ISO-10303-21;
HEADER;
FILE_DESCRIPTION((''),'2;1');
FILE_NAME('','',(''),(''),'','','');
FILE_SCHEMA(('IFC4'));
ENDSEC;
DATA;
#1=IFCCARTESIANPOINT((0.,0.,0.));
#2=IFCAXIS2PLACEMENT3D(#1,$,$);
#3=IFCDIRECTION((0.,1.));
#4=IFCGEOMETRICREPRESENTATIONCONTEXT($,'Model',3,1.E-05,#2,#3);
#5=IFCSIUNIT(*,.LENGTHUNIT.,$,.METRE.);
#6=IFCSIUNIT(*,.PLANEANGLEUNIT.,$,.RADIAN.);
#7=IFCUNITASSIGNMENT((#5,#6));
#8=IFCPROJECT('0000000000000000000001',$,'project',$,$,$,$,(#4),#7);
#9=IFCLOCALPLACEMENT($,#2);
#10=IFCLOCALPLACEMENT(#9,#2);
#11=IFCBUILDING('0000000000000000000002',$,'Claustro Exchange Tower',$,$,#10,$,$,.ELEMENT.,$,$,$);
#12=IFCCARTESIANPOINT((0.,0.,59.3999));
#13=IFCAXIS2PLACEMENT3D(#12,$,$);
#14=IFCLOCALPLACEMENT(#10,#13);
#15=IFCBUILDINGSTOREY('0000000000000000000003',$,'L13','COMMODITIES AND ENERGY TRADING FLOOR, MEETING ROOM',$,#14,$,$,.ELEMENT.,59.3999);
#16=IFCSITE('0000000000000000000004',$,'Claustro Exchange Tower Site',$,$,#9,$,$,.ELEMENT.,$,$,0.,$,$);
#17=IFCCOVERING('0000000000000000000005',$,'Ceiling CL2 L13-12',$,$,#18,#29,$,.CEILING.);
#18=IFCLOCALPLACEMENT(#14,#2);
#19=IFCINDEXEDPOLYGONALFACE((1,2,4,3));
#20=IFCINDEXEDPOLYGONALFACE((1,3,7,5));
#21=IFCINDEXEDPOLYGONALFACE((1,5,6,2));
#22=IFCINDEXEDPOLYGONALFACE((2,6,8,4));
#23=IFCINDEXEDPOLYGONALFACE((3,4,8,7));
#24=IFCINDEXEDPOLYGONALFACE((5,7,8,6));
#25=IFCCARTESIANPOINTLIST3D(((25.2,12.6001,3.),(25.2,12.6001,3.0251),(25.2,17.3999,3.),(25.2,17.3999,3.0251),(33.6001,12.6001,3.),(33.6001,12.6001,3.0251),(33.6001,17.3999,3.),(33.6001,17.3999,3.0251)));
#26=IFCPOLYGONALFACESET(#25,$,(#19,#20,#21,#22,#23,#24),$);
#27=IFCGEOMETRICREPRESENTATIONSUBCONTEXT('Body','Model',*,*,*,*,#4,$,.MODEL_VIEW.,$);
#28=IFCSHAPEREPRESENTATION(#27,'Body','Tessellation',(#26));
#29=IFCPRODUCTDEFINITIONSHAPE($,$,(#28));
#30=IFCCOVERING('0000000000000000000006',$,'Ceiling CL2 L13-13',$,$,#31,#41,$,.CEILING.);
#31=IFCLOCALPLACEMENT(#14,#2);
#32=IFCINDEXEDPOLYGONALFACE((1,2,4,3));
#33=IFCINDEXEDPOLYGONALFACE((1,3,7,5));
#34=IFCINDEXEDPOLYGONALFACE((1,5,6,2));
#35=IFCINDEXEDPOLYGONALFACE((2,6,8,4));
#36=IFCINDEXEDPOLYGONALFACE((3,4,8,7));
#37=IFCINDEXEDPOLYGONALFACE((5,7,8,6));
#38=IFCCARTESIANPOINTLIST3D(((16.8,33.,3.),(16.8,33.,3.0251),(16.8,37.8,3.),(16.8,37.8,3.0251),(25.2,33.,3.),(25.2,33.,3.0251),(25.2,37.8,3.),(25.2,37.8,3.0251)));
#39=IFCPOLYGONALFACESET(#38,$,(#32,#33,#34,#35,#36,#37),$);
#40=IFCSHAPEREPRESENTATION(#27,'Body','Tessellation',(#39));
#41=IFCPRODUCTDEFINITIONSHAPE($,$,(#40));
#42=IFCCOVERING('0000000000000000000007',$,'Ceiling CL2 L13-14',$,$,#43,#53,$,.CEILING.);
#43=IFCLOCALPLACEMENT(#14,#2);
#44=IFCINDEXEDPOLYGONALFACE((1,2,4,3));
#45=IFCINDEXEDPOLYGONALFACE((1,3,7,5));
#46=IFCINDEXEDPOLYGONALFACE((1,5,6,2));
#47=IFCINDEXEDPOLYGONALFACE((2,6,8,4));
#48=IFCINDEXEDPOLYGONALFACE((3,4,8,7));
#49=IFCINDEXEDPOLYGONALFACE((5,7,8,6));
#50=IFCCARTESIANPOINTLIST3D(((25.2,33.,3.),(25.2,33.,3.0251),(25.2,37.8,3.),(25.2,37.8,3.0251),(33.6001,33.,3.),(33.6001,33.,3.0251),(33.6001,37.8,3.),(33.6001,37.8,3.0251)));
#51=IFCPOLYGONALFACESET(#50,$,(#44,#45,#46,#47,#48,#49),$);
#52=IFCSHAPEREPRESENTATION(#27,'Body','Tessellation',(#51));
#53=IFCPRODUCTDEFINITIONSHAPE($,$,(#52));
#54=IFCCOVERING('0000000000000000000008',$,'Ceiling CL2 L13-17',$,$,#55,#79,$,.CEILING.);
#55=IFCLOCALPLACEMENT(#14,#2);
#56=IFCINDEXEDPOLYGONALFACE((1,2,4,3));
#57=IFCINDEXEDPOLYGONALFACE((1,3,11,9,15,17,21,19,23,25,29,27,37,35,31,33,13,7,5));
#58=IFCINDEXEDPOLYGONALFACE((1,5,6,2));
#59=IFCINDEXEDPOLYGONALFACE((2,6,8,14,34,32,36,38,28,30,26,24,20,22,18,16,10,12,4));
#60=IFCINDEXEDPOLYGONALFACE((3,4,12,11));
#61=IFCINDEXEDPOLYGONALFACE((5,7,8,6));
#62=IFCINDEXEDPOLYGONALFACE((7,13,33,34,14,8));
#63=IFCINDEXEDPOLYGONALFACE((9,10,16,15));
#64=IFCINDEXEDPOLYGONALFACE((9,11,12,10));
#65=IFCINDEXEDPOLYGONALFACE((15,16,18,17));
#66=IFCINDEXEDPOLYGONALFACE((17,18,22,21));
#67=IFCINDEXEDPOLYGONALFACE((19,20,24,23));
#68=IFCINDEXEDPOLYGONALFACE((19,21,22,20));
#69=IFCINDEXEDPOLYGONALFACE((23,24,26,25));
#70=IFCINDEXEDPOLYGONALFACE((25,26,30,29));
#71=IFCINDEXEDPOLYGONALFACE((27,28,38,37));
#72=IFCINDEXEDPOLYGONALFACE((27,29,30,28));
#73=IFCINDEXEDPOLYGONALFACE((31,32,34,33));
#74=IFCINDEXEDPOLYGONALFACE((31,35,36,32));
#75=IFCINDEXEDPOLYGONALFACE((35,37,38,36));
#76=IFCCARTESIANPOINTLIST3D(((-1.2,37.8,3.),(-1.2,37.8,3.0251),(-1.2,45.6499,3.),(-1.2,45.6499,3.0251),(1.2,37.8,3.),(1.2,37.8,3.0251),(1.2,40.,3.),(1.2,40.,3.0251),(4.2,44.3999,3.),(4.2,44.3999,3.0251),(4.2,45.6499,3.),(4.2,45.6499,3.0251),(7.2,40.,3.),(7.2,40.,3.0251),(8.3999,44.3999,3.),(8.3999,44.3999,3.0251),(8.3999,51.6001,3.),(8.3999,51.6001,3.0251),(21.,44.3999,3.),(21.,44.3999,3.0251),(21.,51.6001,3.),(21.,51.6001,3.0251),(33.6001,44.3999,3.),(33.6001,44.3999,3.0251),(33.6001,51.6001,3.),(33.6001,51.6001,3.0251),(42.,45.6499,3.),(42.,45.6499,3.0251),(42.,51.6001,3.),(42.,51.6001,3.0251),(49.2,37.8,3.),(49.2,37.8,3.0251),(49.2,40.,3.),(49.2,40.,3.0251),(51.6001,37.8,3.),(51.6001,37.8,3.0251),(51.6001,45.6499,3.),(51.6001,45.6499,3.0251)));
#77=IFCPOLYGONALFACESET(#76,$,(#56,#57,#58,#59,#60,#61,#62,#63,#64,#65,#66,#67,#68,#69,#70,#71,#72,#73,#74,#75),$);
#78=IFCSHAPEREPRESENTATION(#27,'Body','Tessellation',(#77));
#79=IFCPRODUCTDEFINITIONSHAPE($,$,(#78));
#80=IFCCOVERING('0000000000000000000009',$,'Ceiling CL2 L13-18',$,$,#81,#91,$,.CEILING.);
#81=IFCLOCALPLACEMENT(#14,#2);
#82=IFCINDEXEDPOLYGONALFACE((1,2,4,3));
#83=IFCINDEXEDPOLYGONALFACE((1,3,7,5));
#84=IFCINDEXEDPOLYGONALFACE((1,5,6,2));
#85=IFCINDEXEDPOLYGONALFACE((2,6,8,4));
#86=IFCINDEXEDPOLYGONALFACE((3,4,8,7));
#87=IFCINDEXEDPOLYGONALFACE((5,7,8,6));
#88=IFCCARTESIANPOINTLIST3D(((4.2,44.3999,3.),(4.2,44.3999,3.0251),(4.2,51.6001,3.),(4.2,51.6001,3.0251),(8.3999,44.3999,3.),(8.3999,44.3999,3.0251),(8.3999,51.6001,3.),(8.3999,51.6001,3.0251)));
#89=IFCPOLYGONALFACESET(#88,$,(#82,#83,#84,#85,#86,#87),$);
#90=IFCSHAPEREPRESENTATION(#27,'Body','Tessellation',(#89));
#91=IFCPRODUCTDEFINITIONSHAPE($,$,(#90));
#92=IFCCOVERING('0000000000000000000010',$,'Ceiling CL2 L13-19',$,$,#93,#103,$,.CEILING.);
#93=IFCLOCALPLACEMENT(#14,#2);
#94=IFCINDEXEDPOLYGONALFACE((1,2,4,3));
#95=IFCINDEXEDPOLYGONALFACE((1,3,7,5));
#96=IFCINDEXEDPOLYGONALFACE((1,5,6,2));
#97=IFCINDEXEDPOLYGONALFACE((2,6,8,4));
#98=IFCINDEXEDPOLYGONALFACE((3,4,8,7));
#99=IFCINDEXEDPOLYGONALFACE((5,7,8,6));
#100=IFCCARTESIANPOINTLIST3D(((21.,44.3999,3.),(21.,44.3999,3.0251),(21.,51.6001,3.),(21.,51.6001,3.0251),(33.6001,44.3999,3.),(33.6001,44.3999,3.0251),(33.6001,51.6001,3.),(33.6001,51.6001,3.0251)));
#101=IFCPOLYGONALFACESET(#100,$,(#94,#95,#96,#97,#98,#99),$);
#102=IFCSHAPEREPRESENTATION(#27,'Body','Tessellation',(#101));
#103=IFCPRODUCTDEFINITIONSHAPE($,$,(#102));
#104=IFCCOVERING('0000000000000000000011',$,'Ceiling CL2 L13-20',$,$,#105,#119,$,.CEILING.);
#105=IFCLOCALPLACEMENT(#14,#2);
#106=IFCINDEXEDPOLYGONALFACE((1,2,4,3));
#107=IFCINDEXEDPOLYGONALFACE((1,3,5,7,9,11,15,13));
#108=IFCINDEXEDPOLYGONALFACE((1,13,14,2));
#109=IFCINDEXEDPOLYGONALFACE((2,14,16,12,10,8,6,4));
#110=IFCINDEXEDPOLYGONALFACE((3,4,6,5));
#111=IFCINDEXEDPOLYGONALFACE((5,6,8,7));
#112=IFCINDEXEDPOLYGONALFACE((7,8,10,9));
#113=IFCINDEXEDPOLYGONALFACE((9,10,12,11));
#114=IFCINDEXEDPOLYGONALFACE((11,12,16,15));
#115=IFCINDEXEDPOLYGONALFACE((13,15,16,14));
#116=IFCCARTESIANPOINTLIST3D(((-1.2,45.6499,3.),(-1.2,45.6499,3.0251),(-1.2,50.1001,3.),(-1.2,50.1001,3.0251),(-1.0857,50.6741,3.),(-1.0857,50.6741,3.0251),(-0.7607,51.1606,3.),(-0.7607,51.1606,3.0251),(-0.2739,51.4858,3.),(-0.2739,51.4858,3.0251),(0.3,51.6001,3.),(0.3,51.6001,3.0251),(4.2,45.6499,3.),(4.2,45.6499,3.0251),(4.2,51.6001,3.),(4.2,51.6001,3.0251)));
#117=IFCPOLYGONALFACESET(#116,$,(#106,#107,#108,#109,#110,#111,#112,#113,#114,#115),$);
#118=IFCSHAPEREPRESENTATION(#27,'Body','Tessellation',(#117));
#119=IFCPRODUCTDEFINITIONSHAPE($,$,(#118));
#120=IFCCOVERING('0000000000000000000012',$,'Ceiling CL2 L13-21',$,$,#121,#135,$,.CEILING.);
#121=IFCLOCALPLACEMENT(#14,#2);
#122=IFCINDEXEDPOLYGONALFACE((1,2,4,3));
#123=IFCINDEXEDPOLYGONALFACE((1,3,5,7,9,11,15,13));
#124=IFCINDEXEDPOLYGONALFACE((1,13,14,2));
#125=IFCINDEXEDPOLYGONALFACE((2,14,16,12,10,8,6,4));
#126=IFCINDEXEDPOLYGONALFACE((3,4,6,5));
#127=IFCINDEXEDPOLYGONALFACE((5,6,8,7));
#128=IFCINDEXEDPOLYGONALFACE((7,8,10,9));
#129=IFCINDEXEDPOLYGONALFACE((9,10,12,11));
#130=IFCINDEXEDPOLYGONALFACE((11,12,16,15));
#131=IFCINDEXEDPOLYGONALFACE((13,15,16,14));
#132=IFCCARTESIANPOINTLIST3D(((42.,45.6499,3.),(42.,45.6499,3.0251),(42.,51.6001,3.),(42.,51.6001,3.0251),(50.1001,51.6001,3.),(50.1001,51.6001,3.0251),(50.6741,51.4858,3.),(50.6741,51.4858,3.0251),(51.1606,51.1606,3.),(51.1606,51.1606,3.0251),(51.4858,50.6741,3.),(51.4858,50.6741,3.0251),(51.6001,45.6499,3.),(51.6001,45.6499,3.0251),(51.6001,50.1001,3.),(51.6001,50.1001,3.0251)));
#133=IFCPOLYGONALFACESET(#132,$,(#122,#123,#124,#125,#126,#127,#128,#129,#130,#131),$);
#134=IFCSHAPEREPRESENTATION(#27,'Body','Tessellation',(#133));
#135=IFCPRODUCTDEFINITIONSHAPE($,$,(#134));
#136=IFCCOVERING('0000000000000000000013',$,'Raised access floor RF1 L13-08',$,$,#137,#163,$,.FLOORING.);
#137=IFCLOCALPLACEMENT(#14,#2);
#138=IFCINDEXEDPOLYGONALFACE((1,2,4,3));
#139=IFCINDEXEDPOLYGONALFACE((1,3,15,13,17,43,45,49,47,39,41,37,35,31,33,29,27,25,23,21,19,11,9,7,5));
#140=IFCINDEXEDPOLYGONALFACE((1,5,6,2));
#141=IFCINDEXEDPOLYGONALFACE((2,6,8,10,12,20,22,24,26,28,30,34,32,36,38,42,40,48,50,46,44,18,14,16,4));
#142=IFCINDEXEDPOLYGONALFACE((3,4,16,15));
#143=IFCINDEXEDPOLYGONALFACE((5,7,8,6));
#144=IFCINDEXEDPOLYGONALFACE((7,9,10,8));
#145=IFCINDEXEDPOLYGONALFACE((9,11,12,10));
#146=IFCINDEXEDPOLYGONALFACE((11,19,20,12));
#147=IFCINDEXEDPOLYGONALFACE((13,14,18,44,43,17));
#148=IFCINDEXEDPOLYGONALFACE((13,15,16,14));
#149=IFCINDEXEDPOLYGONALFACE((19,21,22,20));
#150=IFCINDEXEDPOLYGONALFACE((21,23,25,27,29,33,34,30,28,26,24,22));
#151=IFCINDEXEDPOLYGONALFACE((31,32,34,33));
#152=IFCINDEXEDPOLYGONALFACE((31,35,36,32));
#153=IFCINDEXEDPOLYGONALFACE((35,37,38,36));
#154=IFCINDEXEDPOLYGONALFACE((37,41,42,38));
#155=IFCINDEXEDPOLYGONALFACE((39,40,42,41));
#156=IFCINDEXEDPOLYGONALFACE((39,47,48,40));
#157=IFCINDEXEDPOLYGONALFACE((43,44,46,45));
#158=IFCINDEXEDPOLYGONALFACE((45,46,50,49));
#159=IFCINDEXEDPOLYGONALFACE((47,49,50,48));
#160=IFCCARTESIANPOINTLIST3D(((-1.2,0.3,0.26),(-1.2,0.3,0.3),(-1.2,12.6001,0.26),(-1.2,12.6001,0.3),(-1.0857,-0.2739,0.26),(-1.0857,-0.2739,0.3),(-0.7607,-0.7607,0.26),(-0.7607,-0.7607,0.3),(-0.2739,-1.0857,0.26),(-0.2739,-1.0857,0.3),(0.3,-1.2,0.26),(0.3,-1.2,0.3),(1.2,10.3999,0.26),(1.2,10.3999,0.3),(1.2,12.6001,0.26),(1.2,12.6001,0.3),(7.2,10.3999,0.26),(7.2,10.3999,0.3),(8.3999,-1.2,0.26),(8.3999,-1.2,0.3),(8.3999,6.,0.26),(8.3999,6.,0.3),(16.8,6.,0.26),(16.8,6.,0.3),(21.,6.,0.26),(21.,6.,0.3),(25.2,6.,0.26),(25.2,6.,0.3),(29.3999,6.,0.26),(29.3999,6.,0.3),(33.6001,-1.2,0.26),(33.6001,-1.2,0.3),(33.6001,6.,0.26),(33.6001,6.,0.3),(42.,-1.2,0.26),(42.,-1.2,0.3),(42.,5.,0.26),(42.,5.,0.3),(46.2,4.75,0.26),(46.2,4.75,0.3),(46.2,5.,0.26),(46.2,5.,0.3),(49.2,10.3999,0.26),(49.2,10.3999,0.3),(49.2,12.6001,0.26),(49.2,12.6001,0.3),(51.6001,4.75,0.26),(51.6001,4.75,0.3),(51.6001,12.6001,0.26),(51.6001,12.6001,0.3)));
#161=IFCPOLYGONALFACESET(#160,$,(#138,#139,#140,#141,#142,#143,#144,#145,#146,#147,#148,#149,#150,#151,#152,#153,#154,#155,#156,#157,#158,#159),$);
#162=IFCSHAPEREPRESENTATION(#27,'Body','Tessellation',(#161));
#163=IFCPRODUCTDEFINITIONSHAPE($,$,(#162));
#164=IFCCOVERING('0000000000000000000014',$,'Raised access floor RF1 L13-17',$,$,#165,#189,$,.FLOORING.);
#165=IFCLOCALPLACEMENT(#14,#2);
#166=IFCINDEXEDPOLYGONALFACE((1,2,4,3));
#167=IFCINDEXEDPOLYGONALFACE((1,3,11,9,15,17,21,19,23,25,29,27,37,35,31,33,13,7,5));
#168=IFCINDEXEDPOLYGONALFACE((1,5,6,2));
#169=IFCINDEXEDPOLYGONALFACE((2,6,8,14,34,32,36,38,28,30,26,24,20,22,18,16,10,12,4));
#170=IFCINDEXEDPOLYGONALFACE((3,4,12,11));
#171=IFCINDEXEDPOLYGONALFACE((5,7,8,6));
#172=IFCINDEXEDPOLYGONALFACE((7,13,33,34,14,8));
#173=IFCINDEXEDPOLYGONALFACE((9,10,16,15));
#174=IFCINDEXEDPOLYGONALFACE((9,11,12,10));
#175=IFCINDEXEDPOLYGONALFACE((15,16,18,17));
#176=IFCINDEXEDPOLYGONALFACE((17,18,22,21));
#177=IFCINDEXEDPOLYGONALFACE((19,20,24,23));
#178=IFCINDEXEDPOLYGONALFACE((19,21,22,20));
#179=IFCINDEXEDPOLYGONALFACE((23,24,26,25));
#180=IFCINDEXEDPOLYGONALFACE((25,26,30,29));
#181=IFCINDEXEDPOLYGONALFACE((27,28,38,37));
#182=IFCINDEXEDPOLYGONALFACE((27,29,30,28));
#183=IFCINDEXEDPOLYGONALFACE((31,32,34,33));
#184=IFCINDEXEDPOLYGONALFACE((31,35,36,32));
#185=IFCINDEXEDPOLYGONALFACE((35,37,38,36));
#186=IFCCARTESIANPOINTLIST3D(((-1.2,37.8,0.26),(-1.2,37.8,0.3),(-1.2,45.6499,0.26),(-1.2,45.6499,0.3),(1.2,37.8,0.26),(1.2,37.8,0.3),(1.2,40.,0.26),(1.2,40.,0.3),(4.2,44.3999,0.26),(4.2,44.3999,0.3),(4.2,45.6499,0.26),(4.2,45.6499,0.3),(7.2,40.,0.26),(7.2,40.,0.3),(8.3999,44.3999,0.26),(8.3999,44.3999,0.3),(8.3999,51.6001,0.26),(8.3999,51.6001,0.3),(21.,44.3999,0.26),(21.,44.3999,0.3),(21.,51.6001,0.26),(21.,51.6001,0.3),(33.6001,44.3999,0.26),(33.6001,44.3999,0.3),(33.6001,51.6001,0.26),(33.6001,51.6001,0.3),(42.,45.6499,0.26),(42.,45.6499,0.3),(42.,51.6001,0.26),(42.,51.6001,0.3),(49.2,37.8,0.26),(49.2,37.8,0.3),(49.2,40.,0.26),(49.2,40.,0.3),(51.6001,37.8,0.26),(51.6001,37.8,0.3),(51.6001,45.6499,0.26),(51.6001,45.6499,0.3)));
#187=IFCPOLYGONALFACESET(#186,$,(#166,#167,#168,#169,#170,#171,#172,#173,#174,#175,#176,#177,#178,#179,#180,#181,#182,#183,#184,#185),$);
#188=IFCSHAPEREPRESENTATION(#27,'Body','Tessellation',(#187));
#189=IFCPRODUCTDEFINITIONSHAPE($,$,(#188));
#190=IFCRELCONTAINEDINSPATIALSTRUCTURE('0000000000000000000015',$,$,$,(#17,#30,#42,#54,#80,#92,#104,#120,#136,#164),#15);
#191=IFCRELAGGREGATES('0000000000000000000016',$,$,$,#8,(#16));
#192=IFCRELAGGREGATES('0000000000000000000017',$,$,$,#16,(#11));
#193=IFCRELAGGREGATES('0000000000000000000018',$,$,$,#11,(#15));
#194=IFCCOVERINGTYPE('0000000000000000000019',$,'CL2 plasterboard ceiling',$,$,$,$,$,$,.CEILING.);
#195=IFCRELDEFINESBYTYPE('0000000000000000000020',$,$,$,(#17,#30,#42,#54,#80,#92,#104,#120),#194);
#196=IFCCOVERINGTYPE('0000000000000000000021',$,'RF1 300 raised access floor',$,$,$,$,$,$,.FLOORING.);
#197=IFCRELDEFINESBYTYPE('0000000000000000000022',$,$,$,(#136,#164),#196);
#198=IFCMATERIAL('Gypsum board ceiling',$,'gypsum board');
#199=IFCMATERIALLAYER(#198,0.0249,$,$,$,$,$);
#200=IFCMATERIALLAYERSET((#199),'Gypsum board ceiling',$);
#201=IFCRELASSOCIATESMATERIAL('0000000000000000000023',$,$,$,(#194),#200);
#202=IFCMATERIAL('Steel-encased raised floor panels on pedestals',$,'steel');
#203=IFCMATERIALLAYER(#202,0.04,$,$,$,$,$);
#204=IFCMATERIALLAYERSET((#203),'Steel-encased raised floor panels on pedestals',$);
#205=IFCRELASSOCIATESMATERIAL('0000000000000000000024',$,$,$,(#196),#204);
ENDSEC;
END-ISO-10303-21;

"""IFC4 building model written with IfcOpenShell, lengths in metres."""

from ifc_helpers import new_model, si_unit, direction, frame, origin, place, context, subcontext, project, spatial, polyline, outline, extrude, material, layer, layer_set, type_object, element, save


model = new_model("IFC4")

# Units and contexts
model_context = context("Model", 3, precision=1e-05, world=origin(), true_north=direction((0.0, 1.0)))
body_context = subcontext(model_context, "Body", "Model", "MODEL_VIEW")
ifc_project = project(units=[si_unit("LENGTHUNIT", "METRE"), si_unit("PLANEANGLEUNIT", "RADIAN")], contexts=[model_context])

# Site, building, storey
site_placement = place(None, origin())
site = spatial("IfcSite", under=ifc_project, at=site_placement, Name="Claustro Exchange Tower Site", CompositionType="ELEMENT", RefElevation=0.0)
building_placement = place(site_placement, origin())
building = spatial("IfcBuilding", under=site, at=building_placement, Name="Claustro Exchange Tower", CompositionType="ELEMENT")
storey_placement = place(building_placement, frame((0.0, 0.0, 59.3999)))
storey = spatial("IfcBuildingStorey", under=building, at=storey_placement, Name="L13", Description="COMMODITIES AND ENERGY TRADING FLOOR, MEETING ROOM", CompositionType="ELEMENT", Elevation=59.3999)

# Coverings
ifc_material_1 = material(Name="Gypsum board ceiling", Category="gypsum board")
ifc_layer_1 = layer(ifc_material_1, 0.0249)
ifc_layer_set_1 = layer_set([ifc_layer_1], Name="Gypsum board ceiling")
covering_type_1 = type_object("IfcCoveringType", Name="CL2 plasterboard ceiling", PredefinedType="CEILING", material=ifc_layer_set_1)
covering_1_placement = place(storey_placement, frame((0.0, 0.0, 3.0)))
element("IfcCovering", 1, at=covering_1_placement, inside=storey, type_object=covering_type_1, Name="Ceiling CL2 L13-12", PredefinedType="CEILING", context=body_context, shape_type="SweptSolid", body=[
    extrude(outline(polyline([(33.6001, 17.3999), (25.2, 17.3999), (25.2, 12.6001), (33.6001, 12.6001), (33.6001, 17.3999)])), origin(), (0.0, 0.0, 1.0), 0.0251),
])
covering_2_placement = place(storey_placement, frame((0.0, 0.0, 3.0)))
element("IfcCovering", 2, at=covering_2_placement, inside=storey, type_object=covering_type_1, Name="Ceiling CL2 L13-13", PredefinedType="CEILING", context=body_context, shape_type="SweptSolid", body=[
    extrude(outline(polyline([(16.8, 33.0), (25.2, 33.0), (25.2, 37.8), (16.8, 37.8), (16.8, 33.0)])), origin(), (0.0, 0.0, 1.0), 0.0251),
])
covering_3_placement = place(storey_placement, frame((0.0, 0.0, 3.0)))
element("IfcCovering", 3, at=covering_3_placement, inside=storey, type_object=covering_type_1, Name="Ceiling CL2 L13-14", PredefinedType="CEILING", context=body_context, shape_type="SweptSolid", body=[
    extrude(outline(polyline([(33.6001, 33.0), (33.6001, 37.8), (25.2, 37.8), (25.2, 33.0), (33.6001, 33.0)])), origin(), (0.0, 0.0, 1.0), 0.0251),
])
covering_4_placement = place(storey_placement, frame((0.0, 0.0, 3.0)))
element("IfcCovering", 4, at=covering_4_placement, inside=storey, type_object=covering_type_1, Name="Ceiling CL2 L13-17", PredefinedType="CEILING", context=body_context, shape_type="SweptSolid", body=[
    extrude(outline(polyline([(-1.2, 45.6499), (-1.2, 37.8), (1.2, 37.8), (1.2, 40.0), (7.2, 40.0), (49.2, 40.0), (49.2, 37.8), (51.6001, 37.8), (51.6001, 45.6499), (42.0, 45.6499), (42.0, 51.6001), (33.6001, 51.6001), (33.6001, 44.3999), (21.0, 44.3999), (21.0, 51.6001), (8.3999, 51.6001), (8.3999, 44.3999), (4.2, 44.3999), (4.2, 45.6499), (-1.2, 45.6499)])), origin(), (0.0, 0.0, 1.0), 0.0251),
])
covering_5_placement = place(storey_placement, frame((0.0, 0.0, 3.0)))
element("IfcCovering", 5, at=covering_5_placement, inside=storey, type_object=covering_type_1, Name="Ceiling CL2 L13-18", PredefinedType="CEILING", context=body_context, shape_type="SweptSolid", body=[
    extrude(outline(polyline([(8.3999, 51.6001), (4.2, 51.6001), (4.2, 44.3999), (8.3999, 44.3999), (8.3999, 51.6001)])), origin(), (0.0, 0.0, 1.0), 0.0251),
])
covering_6_placement = place(storey_placement, frame((0.0, 0.0, 3.0)))
element("IfcCovering", 6, at=covering_6_placement, inside=storey, type_object=covering_type_1, Name="Ceiling CL2 L13-19", PredefinedType="CEILING", context=body_context, shape_type="SweptSolid", body=[
    extrude(outline(polyline([(33.6001, 51.6001), (21.0, 51.6001), (21.0, 44.3999), (33.6001, 44.3999), (33.6001, 51.6001)])), origin(), (0.0, 0.0, 1.0), 0.0251),
])
covering_7_placement = place(storey_placement, frame((0.0, 0.0, 3.0)))
element("IfcCovering", 7, at=covering_7_placement, inside=storey, type_object=covering_type_1, Name="Ceiling CL2 L13-20", PredefinedType="CEILING", context=body_context, shape_type="SweptSolid", body=[
    extrude(outline(polyline([(-1.2, 50.1001), (-1.2, 45.6499), (4.2, 45.6499), (4.2, 51.6001), (0.3, 51.6001), (-0.2739, 51.4858), (-0.7607, 51.1606), (-1.0857, 50.6741), (-1.2, 50.1001)])), origin(), (0.0, 0.0, 1.0), 0.0251),
])
covering_8_placement = place(storey_placement, frame((0.0, 0.0, 3.0)))
element("IfcCovering", 8, at=covering_8_placement, inside=storey, type_object=covering_type_1, Name="Ceiling CL2 L13-21", PredefinedType="CEILING", context=body_context, shape_type="SweptSolid", body=[
    extrude(outline(polyline([(50.1001, 51.6001), (42.0, 51.6001), (42.0, 45.6499), (51.6001, 45.6499), (51.6001, 50.1001), (51.4858, 50.6741), (51.1606, 51.1606), (50.6741, 51.4858), (50.1001, 51.6001)])), origin(), (0.0, 0.0, 1.0), 0.0251),
])
ifc_material_2 = material(Name="Steel-encased raised floor panels on pedestals", Category="steel")
ifc_layer_2 = layer(ifc_material_2, 0.04)
ifc_layer_set_2 = layer_set([ifc_layer_2], Name="Steel-encased raised floor panels on pedestals")
covering_type_2 = type_object("IfcCoveringType", Name="RF1 300 raised access floor", PredefinedType="FLOORING", material=ifc_layer_set_2)
covering_9_placement = place(storey_placement, frame((0.0, 0.0, 0.26)))
element("IfcCovering", 9, at=covering_9_placement, inside=storey, type_object=covering_type_2, Name="Raised access floor RF1 L13-08", PredefinedType="FLOORING", context=body_context, shape_type="SweptSolid", body=[
    extrude(outline(polyline([(-1.0857, -0.2739), (-0.7607, -0.7607), (-0.2739, -1.0857), (0.3, -1.2), (8.3999, -1.2), (8.3999, 6.0), (16.8, 6.0), (21.0, 6.0), (25.2, 6.0), (29.3999, 6.0), (33.6001, 6.0), (33.6001, -1.2), (42.0, -1.2), (42.0, 5.0), (46.2, 5.0), (46.2, 4.75), (51.6001, 4.75), (51.6001, 12.6001), (49.2, 12.6001), (49.2, 10.3999), (7.2, 10.3999), (1.2, 10.3999), (1.2, 12.6001), (-1.2, 12.6001), (-1.2, 0.3), (-1.0857, -0.2739)])), origin(), (0.0, 0.0, 1.0), 0.04),
])
covering_10_placement = place(storey_placement, frame((0.0, 0.0, 0.26)))
element("IfcCovering", 10, at=covering_10_placement, inside=storey, type_object=covering_type_2, Name="Raised access floor RF1 L13-17", PredefinedType="FLOORING", context=body_context, shape_type="SweptSolid", body=[
    extrude(outline(polyline([(-1.2, 45.6499), (-1.2, 37.8), (1.2, 37.8), (1.2, 40.0), (7.2, 40.0), (49.2, 40.0), (49.2, 37.8), (51.6001, 37.8), (51.6001, 45.6499), (42.0, 45.6499), (42.0, 51.6001), (33.6001, 51.6001), (33.6001, 44.3999), (21.0, 44.3999), (21.0, 51.6001), (8.3999, 51.6001), (8.3999, 44.3999), (4.2, 44.3999), (4.2, 45.6499), (-1.2, 45.6499)])), origin(), (0.0, 0.0, 1.0), 0.04),
])

save(model, "model.ifc")
